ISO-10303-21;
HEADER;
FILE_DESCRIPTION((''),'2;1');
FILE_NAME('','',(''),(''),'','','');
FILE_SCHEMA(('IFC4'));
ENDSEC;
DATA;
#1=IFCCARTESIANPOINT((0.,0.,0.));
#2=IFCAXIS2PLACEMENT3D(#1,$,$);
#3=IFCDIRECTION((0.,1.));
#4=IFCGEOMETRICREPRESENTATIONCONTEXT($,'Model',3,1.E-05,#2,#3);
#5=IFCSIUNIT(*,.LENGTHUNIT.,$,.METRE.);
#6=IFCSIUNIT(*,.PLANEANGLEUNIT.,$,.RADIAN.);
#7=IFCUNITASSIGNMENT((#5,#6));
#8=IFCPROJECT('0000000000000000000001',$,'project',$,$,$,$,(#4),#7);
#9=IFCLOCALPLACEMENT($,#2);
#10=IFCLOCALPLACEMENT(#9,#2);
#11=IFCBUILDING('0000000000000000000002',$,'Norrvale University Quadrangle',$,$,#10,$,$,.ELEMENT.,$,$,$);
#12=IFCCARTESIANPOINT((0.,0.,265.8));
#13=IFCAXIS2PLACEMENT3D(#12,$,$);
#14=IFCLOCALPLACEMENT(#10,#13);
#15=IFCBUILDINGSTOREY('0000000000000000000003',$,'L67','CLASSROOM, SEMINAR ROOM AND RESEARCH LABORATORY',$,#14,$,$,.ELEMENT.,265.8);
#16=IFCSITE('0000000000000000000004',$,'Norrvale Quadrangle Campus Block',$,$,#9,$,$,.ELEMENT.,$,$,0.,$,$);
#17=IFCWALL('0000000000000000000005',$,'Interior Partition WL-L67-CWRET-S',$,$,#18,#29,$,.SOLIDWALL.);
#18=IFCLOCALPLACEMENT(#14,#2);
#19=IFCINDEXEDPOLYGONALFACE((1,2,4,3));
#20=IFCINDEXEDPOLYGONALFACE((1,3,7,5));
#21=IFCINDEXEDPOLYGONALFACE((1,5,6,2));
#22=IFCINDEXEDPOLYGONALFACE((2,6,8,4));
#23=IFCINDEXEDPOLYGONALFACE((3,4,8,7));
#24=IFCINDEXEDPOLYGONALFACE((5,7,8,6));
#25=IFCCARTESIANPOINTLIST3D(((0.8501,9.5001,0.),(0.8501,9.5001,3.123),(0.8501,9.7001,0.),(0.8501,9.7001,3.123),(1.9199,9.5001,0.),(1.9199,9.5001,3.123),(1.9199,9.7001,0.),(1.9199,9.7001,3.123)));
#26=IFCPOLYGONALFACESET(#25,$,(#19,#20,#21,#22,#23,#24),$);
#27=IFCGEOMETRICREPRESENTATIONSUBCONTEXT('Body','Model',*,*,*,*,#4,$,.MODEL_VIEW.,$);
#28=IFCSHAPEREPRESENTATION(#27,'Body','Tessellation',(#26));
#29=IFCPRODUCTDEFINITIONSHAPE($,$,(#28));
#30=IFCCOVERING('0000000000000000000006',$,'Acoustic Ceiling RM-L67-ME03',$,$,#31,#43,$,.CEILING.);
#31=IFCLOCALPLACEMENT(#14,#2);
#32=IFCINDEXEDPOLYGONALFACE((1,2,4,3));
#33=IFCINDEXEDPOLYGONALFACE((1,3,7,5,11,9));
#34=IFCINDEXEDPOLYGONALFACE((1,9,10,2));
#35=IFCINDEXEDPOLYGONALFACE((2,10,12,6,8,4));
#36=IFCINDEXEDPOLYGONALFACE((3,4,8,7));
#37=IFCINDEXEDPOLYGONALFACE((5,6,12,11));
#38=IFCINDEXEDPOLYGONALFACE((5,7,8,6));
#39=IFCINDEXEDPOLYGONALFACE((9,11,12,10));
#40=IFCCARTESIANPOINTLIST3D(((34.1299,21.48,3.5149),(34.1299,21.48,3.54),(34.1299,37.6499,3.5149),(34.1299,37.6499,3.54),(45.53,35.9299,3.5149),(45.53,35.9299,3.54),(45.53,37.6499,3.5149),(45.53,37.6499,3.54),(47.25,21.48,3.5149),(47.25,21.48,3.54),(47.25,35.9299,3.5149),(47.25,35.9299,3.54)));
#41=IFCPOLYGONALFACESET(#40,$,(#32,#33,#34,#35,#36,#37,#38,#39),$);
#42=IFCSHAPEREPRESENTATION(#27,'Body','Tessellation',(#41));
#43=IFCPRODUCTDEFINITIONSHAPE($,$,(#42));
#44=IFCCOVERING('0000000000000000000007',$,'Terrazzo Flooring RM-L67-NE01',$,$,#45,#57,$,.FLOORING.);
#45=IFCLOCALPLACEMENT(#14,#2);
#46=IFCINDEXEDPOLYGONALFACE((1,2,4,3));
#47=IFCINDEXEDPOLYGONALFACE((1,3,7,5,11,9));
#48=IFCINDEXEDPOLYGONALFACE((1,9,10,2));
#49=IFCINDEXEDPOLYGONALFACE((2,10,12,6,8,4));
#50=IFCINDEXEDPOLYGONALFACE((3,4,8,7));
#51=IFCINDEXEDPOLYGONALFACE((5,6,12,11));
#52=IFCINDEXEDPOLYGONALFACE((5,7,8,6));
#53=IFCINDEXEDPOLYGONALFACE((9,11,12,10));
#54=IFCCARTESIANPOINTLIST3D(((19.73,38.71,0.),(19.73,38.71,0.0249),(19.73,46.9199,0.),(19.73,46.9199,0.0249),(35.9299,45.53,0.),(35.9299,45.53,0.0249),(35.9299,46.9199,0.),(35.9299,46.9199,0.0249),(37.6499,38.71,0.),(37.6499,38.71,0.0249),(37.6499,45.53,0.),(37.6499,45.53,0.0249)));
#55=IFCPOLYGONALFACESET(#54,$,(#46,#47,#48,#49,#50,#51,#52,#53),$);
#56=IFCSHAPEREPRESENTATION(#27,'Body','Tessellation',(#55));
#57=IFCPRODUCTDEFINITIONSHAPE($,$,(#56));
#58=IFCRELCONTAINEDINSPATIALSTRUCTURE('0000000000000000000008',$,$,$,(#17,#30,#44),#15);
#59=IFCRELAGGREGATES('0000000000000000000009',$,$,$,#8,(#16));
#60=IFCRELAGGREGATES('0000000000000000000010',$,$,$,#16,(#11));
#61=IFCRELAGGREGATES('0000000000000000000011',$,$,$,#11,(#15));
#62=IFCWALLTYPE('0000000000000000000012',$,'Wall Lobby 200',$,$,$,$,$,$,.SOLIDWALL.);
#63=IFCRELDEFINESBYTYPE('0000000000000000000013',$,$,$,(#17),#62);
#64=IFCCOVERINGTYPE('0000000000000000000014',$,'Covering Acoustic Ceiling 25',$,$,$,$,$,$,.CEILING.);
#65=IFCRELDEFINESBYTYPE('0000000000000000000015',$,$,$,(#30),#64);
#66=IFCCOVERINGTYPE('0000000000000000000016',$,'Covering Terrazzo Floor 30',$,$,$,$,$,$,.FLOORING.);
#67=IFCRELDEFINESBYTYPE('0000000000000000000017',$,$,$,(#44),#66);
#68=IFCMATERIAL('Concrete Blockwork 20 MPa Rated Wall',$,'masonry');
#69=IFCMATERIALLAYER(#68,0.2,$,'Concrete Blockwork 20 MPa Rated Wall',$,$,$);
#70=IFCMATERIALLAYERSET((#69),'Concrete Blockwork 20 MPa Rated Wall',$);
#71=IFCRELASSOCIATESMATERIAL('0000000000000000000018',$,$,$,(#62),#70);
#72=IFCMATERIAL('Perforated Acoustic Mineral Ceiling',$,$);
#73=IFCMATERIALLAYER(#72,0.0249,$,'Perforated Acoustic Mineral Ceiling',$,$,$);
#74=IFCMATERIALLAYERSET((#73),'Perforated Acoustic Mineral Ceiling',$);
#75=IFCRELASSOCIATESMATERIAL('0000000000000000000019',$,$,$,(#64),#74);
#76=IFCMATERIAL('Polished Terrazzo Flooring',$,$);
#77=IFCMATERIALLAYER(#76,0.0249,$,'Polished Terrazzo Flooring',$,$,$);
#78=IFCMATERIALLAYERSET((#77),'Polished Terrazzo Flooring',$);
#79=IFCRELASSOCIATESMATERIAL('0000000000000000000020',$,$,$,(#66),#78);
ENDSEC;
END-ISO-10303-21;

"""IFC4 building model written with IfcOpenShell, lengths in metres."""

from ifc_helpers import new_model, si_unit, direction, frame, frame_2d, origin, place, context, subcontext, project, spatial, polyline, rectangle, outline, extrude, material, layer, layer_set, type_object, element, save


model = new_model("IFC4")

# Units and contexts
model_context = context("Model", 3, precision=1e-05, world=origin(), true_north=direction((0.0, 1.0)))
body_context = subcontext(model_context, "Body", "Model", "MODEL_VIEW")
ifc_project = project(units=[si_unit("LENGTHUNIT", "METRE"), si_unit("PLANEANGLEUNIT", "RADIAN")], contexts=[model_context])

# Site, building, storey
site_placement = place(None, origin())
site = spatial("IfcSite", under=ifc_project, at=site_placement, Name="Norrvale Quadrangle Campus Block", CompositionType="ELEMENT", RefElevation=0.0)
building_placement = place(site_placement, origin())
building = spatial("IfcBuilding", under=site, at=building_placement, Name="Norrvale University Quadrangle", CompositionType="ELEMENT")
storey_placement = place(building_placement, frame((0.0, 0.0, 265.8)))
storey = spatial("IfcBuildingStorey", under=building, at=storey_placement, Name="L67", Description="CLASSROOM, SEMINAR ROOM AND RESEARCH LABORATORY", CompositionType="ELEMENT", Elevation=265.8)

# Wall
ifc_material_1 = material(Name="Concrete Blockwork 20 MPa Rated Wall", Category="masonry")
ifc_layer_1 = layer(ifc_material_1, 0.2, Name="Concrete Blockwork 20 MPa Rated Wall")
ifc_layer_set_1 = layer_set([ifc_layer_1], Name="Concrete Blockwork 20 MPa Rated Wall")
wall_type_1 = type_object("IfcWallType", Name="Wall Lobby 200", PredefinedType="SOLIDWALL", material=ifc_layer_set_1)
wall_1_placement = place(storey_placement, frame((0.8501, 9.6001, 0.0), z_axis=(0.0, 0.0, 1.0), x_axis=(1.0, 0.0, 0.0)))
element("IfcWall", 1, at=wall_1_placement, inside=storey, type_object=wall_type_1, Name="Interior Partition WL-L67-CWRET-S", PredefinedType="SOLIDWALL", context=body_context, shape_type="SweptSolid", body=[
    extrude(rectangle(XDim=1.0698, YDim=0.2, at=frame_2d((0.5349, 0.0))), origin(), (0.0, 0.0, 1.0), 3.123),
])

# Coverings
ifc_material_2 = material(Name="Perforated Acoustic Mineral Ceiling")
ifc_layer_2 = layer(ifc_material_2, 0.0249, Name="Perforated Acoustic Mineral Ceiling")
ifc_layer_set_2 = layer_set([ifc_layer_2], Name="Perforated Acoustic Mineral Ceiling")
covering_type_1 = type_object("IfcCoveringType", Name="Covering Acoustic Ceiling 25", PredefinedType="CEILING", material=ifc_layer_set_2)
covering_1_placement = place(storey_placement, frame((0.0, 0.0, 3.5149)))
element("IfcCovering", 2, at=covering_1_placement, inside=storey, type_object=covering_type_1, Name="Acoustic Ceiling RM-L67-ME03", PredefinedType="CEILING", context=body_context, shape_type="SweptSolid", body=[
    extrude(outline(polyline([(47.25, 21.48), (34.1299, 21.48), (34.1299, 37.6499), (45.53, 37.6499), (45.53, 35.9299), (47.25, 35.9299), (47.25, 21.48)])), origin(), (0.0, 0.0, 1.0), 0.0251),
])
ifc_material_3 = material(Name="Polished Terrazzo Flooring")
ifc_layer_3 = layer(ifc_material_3, 0.0249, Name="Polished Terrazzo Flooring")
ifc_layer_set_3 = layer_set([ifc_layer_3], Name="Polished Terrazzo Flooring")
covering_type_2 = type_object("IfcCoveringType", Name="Covering Terrazzo Floor 30", PredefinedType="FLOORING", material=ifc_layer_set_3)
covering_2_placement = place(storey_placement, origin())
element("IfcCovering", 3, at=covering_2_placement, inside=storey, type_object=covering_type_2, Name="Terrazzo Flooring RM-L67-NE01", PredefinedType="FLOORING", context=body_context, shape_type="SweptSolid", body=[
    extrude(outline(polyline([(37.6499, 38.71), (19.73, 38.71), (19.73, 46.9199), (35.9299, 46.9199), (35.9299, 45.53), (37.6499, 45.53), (37.6499, 38.71)])), origin(), (0.0, 0.0, 1.0), 0.0249),
])

save(model, "model.ifc")
